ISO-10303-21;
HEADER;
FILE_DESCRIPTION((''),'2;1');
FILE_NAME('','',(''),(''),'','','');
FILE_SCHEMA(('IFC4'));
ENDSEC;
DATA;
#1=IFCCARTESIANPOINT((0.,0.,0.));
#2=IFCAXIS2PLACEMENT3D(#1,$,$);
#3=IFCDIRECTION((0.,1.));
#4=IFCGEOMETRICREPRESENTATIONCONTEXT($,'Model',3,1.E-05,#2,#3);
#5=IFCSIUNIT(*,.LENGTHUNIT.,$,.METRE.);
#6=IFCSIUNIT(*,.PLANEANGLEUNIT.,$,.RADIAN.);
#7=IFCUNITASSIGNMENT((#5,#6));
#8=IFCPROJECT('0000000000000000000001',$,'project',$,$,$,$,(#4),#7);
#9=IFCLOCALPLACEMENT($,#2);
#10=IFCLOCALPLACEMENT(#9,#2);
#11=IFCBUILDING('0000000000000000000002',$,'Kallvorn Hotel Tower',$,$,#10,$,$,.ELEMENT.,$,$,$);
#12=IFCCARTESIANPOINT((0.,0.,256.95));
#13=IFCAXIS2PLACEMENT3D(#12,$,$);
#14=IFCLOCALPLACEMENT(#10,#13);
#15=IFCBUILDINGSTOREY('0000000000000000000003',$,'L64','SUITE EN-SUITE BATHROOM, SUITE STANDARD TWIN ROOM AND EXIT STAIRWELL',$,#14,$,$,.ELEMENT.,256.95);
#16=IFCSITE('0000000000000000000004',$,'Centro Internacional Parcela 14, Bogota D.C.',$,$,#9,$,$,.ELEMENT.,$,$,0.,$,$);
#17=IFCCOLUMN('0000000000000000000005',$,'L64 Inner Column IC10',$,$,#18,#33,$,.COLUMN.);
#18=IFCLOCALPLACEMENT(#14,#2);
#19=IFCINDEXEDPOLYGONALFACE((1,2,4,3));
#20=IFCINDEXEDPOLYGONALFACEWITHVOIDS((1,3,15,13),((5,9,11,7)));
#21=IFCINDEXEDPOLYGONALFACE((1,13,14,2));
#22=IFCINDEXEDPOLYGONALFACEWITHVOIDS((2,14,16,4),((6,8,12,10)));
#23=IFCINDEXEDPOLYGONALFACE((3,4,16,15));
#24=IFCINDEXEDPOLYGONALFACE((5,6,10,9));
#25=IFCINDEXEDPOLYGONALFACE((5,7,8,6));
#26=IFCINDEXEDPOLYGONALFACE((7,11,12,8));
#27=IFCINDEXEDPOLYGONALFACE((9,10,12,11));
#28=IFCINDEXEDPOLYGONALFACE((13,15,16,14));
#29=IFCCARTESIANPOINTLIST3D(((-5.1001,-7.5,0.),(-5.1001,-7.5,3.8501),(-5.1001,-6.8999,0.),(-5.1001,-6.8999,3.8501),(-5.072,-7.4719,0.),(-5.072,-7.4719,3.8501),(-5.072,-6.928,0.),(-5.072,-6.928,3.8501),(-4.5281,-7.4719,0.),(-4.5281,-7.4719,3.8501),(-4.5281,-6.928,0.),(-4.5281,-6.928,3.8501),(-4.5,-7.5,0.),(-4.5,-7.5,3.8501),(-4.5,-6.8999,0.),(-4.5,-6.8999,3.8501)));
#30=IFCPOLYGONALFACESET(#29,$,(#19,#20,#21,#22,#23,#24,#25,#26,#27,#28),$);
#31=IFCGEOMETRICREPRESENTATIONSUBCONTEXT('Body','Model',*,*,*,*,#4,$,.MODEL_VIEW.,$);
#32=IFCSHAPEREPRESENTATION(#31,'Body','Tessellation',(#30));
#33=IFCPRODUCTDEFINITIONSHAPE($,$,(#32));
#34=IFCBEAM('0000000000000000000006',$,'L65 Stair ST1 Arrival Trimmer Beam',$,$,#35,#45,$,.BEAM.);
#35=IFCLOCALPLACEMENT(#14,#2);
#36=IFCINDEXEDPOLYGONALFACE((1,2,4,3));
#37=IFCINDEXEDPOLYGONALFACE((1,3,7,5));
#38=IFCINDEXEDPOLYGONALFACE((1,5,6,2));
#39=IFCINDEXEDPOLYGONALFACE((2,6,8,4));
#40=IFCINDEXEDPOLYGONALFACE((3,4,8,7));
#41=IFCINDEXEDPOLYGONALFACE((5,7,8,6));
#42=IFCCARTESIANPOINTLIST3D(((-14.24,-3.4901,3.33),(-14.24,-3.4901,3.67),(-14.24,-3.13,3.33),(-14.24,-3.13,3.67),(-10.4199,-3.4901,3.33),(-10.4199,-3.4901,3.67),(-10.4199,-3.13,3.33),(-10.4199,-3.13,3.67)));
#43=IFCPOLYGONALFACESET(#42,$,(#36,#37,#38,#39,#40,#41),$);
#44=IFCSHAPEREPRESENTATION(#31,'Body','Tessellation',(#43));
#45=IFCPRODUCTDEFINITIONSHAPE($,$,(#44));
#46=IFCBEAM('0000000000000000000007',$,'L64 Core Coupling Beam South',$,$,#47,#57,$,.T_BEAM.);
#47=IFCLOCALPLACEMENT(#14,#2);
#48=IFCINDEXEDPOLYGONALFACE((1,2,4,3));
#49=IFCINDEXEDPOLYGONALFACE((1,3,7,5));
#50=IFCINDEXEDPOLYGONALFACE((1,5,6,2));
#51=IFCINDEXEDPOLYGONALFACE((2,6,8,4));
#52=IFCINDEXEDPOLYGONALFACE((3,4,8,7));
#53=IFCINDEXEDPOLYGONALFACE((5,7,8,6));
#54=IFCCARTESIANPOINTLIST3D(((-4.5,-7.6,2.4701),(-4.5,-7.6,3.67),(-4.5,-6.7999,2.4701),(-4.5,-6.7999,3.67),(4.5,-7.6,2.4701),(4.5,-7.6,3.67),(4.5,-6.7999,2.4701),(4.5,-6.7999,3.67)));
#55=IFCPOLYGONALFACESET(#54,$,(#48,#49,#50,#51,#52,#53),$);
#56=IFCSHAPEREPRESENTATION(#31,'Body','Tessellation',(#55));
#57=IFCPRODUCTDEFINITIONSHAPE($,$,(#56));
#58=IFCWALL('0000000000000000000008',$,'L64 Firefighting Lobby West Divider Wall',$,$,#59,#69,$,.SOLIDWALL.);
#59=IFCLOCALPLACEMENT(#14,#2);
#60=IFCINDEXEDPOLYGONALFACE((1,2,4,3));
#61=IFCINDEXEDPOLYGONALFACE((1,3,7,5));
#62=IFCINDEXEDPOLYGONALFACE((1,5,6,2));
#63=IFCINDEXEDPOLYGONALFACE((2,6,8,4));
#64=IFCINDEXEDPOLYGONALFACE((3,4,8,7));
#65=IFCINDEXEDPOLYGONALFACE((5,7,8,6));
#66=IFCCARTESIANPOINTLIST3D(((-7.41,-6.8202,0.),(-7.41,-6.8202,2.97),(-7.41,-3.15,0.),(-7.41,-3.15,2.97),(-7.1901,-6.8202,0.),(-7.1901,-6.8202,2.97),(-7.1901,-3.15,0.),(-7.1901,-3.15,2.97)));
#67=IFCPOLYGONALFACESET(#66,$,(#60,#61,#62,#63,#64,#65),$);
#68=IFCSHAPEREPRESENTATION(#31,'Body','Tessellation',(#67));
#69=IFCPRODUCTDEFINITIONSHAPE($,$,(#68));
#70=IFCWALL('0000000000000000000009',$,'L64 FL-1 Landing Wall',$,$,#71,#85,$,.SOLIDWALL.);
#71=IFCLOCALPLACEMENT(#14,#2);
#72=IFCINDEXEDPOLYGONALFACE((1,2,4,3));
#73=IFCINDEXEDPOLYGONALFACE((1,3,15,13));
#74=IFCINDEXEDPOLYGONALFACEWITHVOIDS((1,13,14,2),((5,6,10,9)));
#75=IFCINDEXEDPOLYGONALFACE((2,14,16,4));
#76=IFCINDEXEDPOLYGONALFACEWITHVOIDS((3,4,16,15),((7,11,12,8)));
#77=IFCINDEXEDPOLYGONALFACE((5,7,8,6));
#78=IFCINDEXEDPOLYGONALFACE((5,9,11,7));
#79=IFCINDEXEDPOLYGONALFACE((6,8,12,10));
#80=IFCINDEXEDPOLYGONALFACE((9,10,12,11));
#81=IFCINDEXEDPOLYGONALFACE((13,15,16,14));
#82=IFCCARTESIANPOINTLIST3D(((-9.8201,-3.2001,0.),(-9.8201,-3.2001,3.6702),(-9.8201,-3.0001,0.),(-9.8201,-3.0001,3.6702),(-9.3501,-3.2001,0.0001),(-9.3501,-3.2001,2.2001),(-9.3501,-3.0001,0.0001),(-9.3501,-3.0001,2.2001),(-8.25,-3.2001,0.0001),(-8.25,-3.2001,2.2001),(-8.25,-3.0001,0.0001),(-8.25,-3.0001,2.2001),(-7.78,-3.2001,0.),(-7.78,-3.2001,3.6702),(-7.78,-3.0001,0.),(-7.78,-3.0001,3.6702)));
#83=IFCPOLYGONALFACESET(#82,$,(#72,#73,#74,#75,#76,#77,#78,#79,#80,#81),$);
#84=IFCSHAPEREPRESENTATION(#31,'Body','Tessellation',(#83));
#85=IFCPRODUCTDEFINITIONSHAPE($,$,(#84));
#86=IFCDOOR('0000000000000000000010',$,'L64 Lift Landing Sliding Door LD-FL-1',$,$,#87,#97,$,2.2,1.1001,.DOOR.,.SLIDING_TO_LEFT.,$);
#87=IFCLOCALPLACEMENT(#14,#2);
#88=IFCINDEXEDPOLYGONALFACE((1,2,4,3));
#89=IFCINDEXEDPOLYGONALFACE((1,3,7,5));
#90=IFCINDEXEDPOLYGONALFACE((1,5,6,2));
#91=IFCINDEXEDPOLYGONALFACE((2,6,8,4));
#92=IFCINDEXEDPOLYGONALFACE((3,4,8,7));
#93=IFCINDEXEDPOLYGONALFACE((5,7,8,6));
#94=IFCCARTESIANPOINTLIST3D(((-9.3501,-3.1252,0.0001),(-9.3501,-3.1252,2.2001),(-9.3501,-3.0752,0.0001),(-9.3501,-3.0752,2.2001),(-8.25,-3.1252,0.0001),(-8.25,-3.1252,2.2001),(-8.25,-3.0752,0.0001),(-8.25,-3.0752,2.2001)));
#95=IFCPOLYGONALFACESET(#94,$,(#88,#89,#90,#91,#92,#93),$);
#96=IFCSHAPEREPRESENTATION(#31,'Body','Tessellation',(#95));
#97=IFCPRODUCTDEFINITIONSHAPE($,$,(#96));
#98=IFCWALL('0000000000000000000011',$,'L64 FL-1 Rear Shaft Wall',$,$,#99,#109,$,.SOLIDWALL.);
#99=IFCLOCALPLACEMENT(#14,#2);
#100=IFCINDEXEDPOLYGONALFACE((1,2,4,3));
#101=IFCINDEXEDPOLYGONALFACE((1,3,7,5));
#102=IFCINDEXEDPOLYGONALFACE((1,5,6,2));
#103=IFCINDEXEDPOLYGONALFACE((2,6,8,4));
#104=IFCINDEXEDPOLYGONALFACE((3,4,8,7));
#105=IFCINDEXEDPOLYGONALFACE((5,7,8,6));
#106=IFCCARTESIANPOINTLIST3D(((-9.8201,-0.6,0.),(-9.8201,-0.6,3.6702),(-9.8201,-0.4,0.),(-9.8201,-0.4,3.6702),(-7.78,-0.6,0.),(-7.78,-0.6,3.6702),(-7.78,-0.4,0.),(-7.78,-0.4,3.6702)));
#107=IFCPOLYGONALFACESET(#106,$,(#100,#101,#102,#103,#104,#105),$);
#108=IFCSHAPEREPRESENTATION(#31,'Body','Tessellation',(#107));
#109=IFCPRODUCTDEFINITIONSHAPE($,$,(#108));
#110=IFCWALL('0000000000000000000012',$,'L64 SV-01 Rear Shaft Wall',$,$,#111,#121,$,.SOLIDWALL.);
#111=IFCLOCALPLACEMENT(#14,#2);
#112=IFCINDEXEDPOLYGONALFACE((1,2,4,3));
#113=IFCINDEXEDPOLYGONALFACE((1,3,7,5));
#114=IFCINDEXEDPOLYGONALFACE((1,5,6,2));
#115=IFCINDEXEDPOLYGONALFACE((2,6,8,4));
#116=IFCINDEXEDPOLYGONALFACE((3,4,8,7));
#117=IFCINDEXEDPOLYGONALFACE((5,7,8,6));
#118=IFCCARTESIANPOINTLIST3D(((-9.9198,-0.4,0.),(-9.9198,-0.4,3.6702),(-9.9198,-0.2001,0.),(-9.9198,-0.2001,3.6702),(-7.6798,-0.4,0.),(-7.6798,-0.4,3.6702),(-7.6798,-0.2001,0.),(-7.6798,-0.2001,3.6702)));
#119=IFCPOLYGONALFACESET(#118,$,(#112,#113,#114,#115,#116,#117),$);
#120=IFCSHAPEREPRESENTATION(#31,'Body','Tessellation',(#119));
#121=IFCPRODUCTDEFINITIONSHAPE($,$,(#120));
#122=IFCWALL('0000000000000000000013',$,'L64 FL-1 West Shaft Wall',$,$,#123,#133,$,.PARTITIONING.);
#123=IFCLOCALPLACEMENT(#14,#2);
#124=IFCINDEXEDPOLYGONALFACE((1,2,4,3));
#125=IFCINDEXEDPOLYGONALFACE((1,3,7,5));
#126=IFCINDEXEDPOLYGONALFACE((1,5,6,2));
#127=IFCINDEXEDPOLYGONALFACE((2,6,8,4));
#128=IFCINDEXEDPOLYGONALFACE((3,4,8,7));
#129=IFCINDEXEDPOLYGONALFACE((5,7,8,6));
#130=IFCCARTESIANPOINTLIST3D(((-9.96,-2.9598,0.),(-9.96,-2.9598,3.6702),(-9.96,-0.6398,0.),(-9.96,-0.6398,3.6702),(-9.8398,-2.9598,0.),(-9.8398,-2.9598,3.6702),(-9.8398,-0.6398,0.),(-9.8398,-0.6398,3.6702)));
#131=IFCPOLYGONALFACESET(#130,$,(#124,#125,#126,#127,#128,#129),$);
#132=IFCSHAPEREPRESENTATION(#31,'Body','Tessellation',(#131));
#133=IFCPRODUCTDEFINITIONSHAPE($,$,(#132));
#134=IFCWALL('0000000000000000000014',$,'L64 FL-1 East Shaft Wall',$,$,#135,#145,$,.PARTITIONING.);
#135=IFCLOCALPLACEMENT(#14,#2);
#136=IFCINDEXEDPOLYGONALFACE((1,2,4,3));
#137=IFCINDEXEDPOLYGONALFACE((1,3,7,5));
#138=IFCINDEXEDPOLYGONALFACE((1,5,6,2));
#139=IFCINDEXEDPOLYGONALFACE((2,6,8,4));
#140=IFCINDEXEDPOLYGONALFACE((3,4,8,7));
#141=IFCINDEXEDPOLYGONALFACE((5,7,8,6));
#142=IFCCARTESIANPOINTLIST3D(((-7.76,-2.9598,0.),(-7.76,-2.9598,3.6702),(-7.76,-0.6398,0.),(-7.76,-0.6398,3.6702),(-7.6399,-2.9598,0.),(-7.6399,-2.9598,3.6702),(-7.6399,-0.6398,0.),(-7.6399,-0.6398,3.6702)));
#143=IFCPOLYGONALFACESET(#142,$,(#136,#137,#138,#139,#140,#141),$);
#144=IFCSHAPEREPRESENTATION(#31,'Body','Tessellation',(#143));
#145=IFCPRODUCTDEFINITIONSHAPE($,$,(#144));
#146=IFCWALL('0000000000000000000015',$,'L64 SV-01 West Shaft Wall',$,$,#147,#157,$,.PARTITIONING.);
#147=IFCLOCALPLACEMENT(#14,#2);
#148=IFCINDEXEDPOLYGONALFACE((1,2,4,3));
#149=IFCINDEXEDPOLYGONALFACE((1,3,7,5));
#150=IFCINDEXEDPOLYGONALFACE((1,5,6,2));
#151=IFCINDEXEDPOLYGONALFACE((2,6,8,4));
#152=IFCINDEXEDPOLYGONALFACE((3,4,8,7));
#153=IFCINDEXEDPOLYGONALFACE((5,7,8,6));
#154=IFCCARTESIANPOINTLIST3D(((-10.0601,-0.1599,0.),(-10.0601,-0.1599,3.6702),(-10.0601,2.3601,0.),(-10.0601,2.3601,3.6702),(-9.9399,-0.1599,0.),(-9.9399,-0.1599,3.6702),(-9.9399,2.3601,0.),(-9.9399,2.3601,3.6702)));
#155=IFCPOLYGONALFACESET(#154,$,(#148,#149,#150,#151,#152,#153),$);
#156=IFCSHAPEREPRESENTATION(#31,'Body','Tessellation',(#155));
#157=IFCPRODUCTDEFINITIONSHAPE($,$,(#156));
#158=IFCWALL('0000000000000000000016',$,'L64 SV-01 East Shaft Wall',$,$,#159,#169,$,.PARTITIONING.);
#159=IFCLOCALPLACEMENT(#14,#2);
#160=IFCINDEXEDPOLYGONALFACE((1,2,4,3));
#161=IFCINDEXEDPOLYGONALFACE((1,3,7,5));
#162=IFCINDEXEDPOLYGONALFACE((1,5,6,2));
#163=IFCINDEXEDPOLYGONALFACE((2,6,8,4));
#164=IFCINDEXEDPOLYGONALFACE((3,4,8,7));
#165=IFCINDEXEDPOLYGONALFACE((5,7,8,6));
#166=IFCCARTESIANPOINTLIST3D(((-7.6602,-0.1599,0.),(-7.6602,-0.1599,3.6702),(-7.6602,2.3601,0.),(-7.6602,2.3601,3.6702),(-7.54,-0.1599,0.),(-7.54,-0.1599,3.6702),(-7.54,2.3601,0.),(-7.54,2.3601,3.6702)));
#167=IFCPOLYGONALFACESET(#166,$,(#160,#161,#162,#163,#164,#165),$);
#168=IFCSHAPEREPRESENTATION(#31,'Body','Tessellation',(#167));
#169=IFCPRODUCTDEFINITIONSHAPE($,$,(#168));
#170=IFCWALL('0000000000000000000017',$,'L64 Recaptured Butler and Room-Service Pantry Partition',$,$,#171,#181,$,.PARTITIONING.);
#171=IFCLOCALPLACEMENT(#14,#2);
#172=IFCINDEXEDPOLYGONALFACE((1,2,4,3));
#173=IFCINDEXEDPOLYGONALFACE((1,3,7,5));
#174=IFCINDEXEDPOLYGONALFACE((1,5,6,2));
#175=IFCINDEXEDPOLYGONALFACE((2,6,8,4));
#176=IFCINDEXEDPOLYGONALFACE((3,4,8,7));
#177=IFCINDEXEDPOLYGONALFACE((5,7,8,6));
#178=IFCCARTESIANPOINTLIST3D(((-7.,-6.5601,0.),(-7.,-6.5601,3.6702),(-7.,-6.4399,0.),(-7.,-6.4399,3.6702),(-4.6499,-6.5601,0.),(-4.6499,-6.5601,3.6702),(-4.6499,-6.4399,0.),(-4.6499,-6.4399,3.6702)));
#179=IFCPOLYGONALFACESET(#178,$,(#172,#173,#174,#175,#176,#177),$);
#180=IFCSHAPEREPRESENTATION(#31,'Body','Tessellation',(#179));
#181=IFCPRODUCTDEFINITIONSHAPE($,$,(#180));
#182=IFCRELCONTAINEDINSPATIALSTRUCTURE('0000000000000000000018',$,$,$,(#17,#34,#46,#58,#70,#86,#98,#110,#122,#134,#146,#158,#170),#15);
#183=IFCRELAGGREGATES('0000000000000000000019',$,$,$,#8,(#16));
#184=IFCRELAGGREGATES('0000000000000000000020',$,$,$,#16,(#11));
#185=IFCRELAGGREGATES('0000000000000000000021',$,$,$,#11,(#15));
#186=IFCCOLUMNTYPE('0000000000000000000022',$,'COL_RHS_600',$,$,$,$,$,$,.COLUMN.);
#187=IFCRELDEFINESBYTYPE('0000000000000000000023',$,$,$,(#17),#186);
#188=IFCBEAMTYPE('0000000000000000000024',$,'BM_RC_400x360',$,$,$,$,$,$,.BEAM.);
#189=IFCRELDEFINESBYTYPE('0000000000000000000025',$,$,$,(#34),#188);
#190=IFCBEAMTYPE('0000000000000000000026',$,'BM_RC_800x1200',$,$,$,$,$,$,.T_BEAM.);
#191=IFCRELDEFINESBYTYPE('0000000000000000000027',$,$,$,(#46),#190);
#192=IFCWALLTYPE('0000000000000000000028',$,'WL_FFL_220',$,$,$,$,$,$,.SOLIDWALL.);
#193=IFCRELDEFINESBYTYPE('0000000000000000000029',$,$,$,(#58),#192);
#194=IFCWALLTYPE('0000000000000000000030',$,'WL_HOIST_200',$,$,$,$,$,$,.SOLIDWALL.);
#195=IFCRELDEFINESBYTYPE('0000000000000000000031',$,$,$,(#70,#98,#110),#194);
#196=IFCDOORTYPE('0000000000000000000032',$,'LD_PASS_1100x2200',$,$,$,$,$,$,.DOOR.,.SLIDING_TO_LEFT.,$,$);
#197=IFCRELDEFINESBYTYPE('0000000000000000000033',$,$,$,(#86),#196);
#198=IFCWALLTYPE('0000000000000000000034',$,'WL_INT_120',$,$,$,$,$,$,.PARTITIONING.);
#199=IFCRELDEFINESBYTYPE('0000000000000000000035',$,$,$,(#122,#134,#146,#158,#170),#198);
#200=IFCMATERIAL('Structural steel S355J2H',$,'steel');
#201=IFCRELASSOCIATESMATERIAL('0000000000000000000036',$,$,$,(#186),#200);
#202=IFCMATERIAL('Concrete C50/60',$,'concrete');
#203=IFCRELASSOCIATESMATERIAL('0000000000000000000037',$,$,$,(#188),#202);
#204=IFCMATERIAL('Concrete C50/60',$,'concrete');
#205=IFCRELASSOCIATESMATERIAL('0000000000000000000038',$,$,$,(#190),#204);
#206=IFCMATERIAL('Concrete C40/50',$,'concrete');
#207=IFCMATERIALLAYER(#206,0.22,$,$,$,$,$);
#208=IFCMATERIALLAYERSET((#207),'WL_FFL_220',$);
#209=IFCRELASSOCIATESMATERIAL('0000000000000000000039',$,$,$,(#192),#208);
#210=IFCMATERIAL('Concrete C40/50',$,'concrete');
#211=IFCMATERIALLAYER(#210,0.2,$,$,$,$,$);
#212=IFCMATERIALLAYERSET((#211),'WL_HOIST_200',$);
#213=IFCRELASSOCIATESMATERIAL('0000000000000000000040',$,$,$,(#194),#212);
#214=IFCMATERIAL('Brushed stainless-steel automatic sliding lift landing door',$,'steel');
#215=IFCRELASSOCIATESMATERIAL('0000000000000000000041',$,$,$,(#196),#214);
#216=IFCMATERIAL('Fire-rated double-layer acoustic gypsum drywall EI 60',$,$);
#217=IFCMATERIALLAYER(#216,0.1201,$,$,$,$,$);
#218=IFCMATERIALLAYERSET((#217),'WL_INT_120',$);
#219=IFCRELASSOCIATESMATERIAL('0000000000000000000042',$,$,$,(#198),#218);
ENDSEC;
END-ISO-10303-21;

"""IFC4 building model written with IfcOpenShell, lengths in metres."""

from ifc_helpers import new_model, si_unit, direction, frame, frame_2d, origin, origin_2d, place, context, subcontext, project, spatial, rectangle, hollow_rectangle, extrude, material, layer, layer_set, material_profile, profile_set, type_object, element, fill, save


model = new_model("IFC4")

# Units and contexts
model_context = context("Model", 3, precision=1e-05, world=origin(), true_north=direction((0.0, 1.0)))
body_context = subcontext(model_context, "Body", "Model", "MODEL_VIEW")
ifc_project = project(units=[si_unit("LENGTHUNIT", "METRE"), si_unit("PLANEANGLEUNIT", "RADIAN")], contexts=[model_context])

# Site, building, storey
site_placement = place(None, origin())
site = spatial("IfcSite", under=ifc_project, at=site_placement, Name="Centro Internacional Parcela 14, Bogota D.C.", CompositionType="ELEMENT", RefElevation=0.0)
building_placement = place(site_placement, origin())
building = spatial("IfcBuilding", under=site, at=building_placement, Name="Kallvorn Hotel Tower", CompositionType="ELEMENT")
storey_placement = place(building_placement, frame((0.0, 0.0, 256.95)))
storey = spatial("IfcBuildingStorey", under=building, at=storey_placement, Name="L64", Description="SUITE EN-SUITE BATHROOM, SUITE STANDARD TWIN ROOM AND EXIT STAIRWELL", CompositionType="ELEMENT", Elevation=256.95)

# Column
ifc_material_1 = material(Name="Structural steel S355J2H", Category="steel")
ifc_material_profile_1 = material_profile(ifc_material_1, hollow_rectangle(XDim=0.6001, YDim=0.6001, WallThickness=0.0281, at=origin_2d()), Name="RHS 600x600x28")
ifc_profile_set_1 = profile_set([ifc_material_profile_1], Name="Structural steel S355J2H")
column_type = type_object("IfcColumnType", Name="COL_RHS_600", PredefinedType="COLUMN", material=ifc_profile_set_1)
column_placement = place(storey_placement, frame((-4.8, -7.2, 0.0), z_axis=(0.0, 0.0, 1.0), x_axis=(1.0, 0.0, 0.0)))
element("IfcColumn", 1, at=column_placement, inside=storey, type_object=column_type, Name="L64 Inner Column IC10", PredefinedType="COLUMN", context=body_context, shape_type="SweptSolid", body=[
    extrude(hollow_rectangle(XDim=0.6001, YDim=0.6001, WallThickness=0.0281, at=origin_2d()), origin(), (0.0, 0.0, 1.0), 3.8501),
])

# Beams
ifc_material_2 = material(Name="Concrete C50/60", Category="concrete")
ifc_material_profile_2 = material_profile(ifc_material_2, rectangle(XDim=0.3601, YDim=0.3401, at=origin_2d()), Name="RC 360x340")
ifc_profile_set_2 = profile_set([ifc_material_profile_2], Name="Concrete C50/60")
beam_type_1 = type_object("IfcBeamType", Name="BM_RC_400x360", PredefinedType="BEAM", material=ifc_profile_set_2)
beam_1_placement = place(storey_placement, frame((-10.4199, -3.3101, 3.5), z_axis=(-1.0, 0.0, 0.0), x_axis=(0.0, -1.0, 0.0)))
element("IfcBeam", 2, at=beam_1_placement, inside=storey, type_object=beam_type_1, Name="L65 Stair ST1 Arrival Trimmer Beam", PredefinedType="BEAM", context=body_context, shape_type="SweptSolid", body=[
    extrude(rectangle(XDim=0.3601, YDim=0.3401, at=origin_2d()), origin(), (0.0, 0.0, 1.0), 3.8201),
])
ifc_material_3 = material(Name="Concrete C50/60", Category="concrete")
ifc_material_profile_3 = material_profile(ifc_material_3, rectangle(XDim=0.8, YDim=1.2, at=origin_2d()), Name="RC 800x1200")
ifc_profile_set_3 = profile_set([ifc_material_profile_3], Name="Concrete C50/60")
beam_type_2 = type_object("IfcBeamType", Name="BM_RC_800x1200", PredefinedType="T_BEAM", material=ifc_profile_set_3)
beam_2_placement = place(storey_placement, frame((-4.5, -7.2, 3.0701), z_axis=(1.0, 0.0, 0.0), x_axis=(0.0, 1.0, 0.0)))
element("IfcBeam", 3, at=beam_2_placement, inside=storey, type_object=beam_type_2, Name="L64 Core Coupling Beam South", PredefinedType="T_BEAM", context=body_context, shape_type="SweptSolid", body=[
    extrude(rectangle(XDim=0.8, YDim=1.2, at=origin_2d()), origin(), (0.0, 0.0, 1.0), 9.0),
])

# Wall
ifc_material_4 = material(Name="Concrete C40/50", Category="concrete")
ifc_layer_1 = layer(ifc_material_4, 0.22)
ifc_layer_set_1 = layer_set([ifc_layer_1], Name="WL_FFL_220")
wall_type_1 = type_object("IfcWallType", Name="WL_FFL_220", PredefinedType="SOLIDWALL", material=ifc_layer_set_1)
wall_1_placement = place(storey_placement, frame((-7.3, -6.8201, 0.0), z_axis=(0.0, 0.0, 1.0), x_axis=(0.0, 1.0, 0.0)))
element("IfcWall", 4, at=wall_1_placement, inside=storey, type_object=wall_type_1, Name="L64 Firefighting Lobby West Divider Wall", PredefinedType="SOLIDWALL", context=body_context, shape_type="SweptSolid", body=[
    extrude(rectangle(XDim=3.6702, YDim=0.22, at=frame_2d((1.835, 0.0))), origin(), (0.0, 0.0, 1.0), 2.97),
])

# Wall, opening, door
ifc_material_5 = material(Name="Concrete C40/50", Category="concrete")
ifc_layer_2 = layer(ifc_material_5, 0.2)
ifc_layer_set_2 = layer_set([ifc_layer_2], Name="WL_HOIST_200")
wall_type_2 = type_object("IfcWallType", Name="WL_HOIST_200", PredefinedType="SOLIDWALL", material=ifc_layer_set_2)
wall_2_placement = place(storey_placement, frame((-9.8201, -3.1001, 0.0), z_axis=(0.0, 0.0, 1.0), x_axis=(1.0, 0.0, 0.0)))
wall_2 = element("IfcWall", 5, at=wall_2_placement, inside=storey, type_object=wall_type_2, Name="L64 FL-1 Landing Wall", PredefinedType="SOLIDWALL", context=body_context, shape_type="SweptSolid", body=[
    extrude(rectangle(XDim=2.04, YDim=0.2, at=frame_2d((1.02, 0.0))), origin(), (0.0, 0.0, 1.0), 3.6702),
])
opening_1_placement = place(wall_2_placement, frame((0.47, 0.0, 0.0)))
opening_1 = element("IfcOpeningElement", 6, at=opening_1_placement, cuts=wall_2, PredefinedType="OPENING", context=body_context, shape_type="SweptSolid", body=[
    extrude(rectangle(XDim=1.1001, YDim=2.2, at=frame_2d((0.55, 1.1001))), frame((0.0, 0.115, 0.0), z_axis=(0.0, -1.0, 0.0), x_axis=(1.0, 0.0, 0.0)), (0.0, 0.0, 1.0), 0.23),
])
ifc_material_6 = material(Name="Brushed stainless-steel automatic sliding lift landing door", Category="steel")
door_type_1 = type_object("IfcDoorType", Name="LD_PASS_1100x2200", OperationType="SLIDING_TO_LEFT", PredefinedType="DOOR", material=ifc_material_6)
door_1_placement = place(opening_1_placement, origin())
door_1 = element("IfcDoor", 7, at=door_1_placement, inside=storey, type_object=door_type_1, Name="L64 Lift Landing Sliding Door LD-FL-1", OperationType="SLIDING_TO_LEFT", OverallHeight=2.2, OverallWidth=1.1001, PredefinedType="DOOR", context=body_context, shape_type="SweptSolid", body=[
    extrude(rectangle(XDim=1.1001, YDim=2.2, at=frame_2d((0.55, 1.1001))), frame((0.0, 0.0249, 0.0), z_axis=(0.0, -1.0, 0.0), x_axis=(1.0, 0.0, 0.0)), (0.0, 0.0, 1.0), 0.05),
])
fill(opening_1, door_1)

# Walls
wall_3_placement = place(storey_placement, frame((-9.8201, -0.5, 0.0), z_axis=(0.0, 0.0, 1.0), x_axis=(1.0, 0.0, 0.0)))
element("IfcWall", 8, at=wall_3_placement, inside=storey, type_object=wall_type_2, Name="L64 FL-1 Rear Shaft Wall", PredefinedType="SOLIDWALL", context=body_context, shape_type="SweptSolid", body=[
    extrude(rectangle(XDim=2.04, YDim=0.2, at=frame_2d((1.02, 0.0))), origin(), (0.0, 0.0, 1.0), 3.6702),
])
wall_4_placement = place(storey_placement, frame((-9.9199, -0.3, 0.0), z_axis=(0.0, 0.0, 1.0), x_axis=(1.0, 0.0, 0.0)))
element("IfcWall", 9, at=wall_4_placement, inside=storey, type_object=wall_type_2, Name="L64 SV-01 Rear Shaft Wall", PredefinedType="SOLIDWALL", context=body_context, shape_type="SweptSolid", body=[
    extrude(rectangle(XDim=2.24, YDim=0.2, at=frame_2d((1.1201, 0.0))), origin(), (0.0, 0.0, 1.0), 3.6702),
])
ifc_material_7 = material(Name="Fire-rated double-layer acoustic gypsum drywall EI 60")
ifc_layer_3 = layer(ifc_material_7, 0.1201)
ifc_layer_set_3 = layer_set([ifc_layer_3], Name="WL_INT_120")
wall_type_3 = type_object("IfcWallType", Name="WL_INT_120", PredefinedType="PARTITIONING", material=ifc_layer_set_3)
for number, where, z_axis, x_axis, name in (
    (10, (-9.8999, -2.96, 0.0), (0.0, 0.0, 1.0), (0.0, 1.0, 0.0), "L64 FL-1 West Shaft Wall"),
    (11, (-7.7, -2.96, 0.0), (0.0, 0.0, 1.0), (0.0, 1.0, 0.0), "L64 FL-1 East Shaft Wall"),
):
    element("IfcWall", number, at=place(storey_placement, frame(where, z_axis=z_axis, x_axis=x_axis)), inside=storey, type_object=wall_type_3, Name=name, PredefinedType="PARTITIONING", context=body_context, shape_type="SweptSolid", body=[
        extrude(rectangle(XDim=2.3201, YDim=0.1201, at=frame_2d((1.1602, 0.0))), origin(), (0.0, 0.0, 1.0), 3.6702),
    ])
for number, where, z_axis, x_axis, name in (
    (12, (-10.0, -0.1599, 0.0), (0.0, 0.0, 1.0), (0.0, 1.0, 0.0), "L64 SV-01 West Shaft Wall"),
    (13, (-7.6001, -0.1599, 0.0), (0.0, 0.0, 1.0), (0.0, 1.0, 0.0), "L64 SV-01 East Shaft Wall"),
):
    element("IfcWall", number, at=place(storey_placement, frame(where, z_axis=z_axis, x_axis=x_axis)), inside=storey, type_object=wall_type_3, Name=name, PredefinedType="PARTITIONING", context=body_context, shape_type="SweptSolid", body=[
        extrude(rectangle(XDim=2.52, YDim=0.1201, at=frame_2d((1.26, 0.0))), origin(), (0.0, 0.0, 1.0), 3.6702),
    ])
wall_5_placement = place(storey_placement, frame((-7.0, -6.5, 0.0), z_axis=(0.0, 0.0, 1.0), x_axis=(1.0, 0.0, 0.0)))
element("IfcWall", 14, at=wall_5_placement, inside=storey, type_object=wall_type_3, Name="L64 Recaptured Butler and Room-Service Pantry Partition", PredefinedType="PARTITIONING", context=body_context, shape_type="SweptSolid", body=[
    extrude(rectangle(XDim=2.3501, YDim=0.1201, at=frame_2d((1.175, 0.0))), origin(), (0.0, 0.0, 1.0), 3.6702),
])

save(model, "model.ifc")
